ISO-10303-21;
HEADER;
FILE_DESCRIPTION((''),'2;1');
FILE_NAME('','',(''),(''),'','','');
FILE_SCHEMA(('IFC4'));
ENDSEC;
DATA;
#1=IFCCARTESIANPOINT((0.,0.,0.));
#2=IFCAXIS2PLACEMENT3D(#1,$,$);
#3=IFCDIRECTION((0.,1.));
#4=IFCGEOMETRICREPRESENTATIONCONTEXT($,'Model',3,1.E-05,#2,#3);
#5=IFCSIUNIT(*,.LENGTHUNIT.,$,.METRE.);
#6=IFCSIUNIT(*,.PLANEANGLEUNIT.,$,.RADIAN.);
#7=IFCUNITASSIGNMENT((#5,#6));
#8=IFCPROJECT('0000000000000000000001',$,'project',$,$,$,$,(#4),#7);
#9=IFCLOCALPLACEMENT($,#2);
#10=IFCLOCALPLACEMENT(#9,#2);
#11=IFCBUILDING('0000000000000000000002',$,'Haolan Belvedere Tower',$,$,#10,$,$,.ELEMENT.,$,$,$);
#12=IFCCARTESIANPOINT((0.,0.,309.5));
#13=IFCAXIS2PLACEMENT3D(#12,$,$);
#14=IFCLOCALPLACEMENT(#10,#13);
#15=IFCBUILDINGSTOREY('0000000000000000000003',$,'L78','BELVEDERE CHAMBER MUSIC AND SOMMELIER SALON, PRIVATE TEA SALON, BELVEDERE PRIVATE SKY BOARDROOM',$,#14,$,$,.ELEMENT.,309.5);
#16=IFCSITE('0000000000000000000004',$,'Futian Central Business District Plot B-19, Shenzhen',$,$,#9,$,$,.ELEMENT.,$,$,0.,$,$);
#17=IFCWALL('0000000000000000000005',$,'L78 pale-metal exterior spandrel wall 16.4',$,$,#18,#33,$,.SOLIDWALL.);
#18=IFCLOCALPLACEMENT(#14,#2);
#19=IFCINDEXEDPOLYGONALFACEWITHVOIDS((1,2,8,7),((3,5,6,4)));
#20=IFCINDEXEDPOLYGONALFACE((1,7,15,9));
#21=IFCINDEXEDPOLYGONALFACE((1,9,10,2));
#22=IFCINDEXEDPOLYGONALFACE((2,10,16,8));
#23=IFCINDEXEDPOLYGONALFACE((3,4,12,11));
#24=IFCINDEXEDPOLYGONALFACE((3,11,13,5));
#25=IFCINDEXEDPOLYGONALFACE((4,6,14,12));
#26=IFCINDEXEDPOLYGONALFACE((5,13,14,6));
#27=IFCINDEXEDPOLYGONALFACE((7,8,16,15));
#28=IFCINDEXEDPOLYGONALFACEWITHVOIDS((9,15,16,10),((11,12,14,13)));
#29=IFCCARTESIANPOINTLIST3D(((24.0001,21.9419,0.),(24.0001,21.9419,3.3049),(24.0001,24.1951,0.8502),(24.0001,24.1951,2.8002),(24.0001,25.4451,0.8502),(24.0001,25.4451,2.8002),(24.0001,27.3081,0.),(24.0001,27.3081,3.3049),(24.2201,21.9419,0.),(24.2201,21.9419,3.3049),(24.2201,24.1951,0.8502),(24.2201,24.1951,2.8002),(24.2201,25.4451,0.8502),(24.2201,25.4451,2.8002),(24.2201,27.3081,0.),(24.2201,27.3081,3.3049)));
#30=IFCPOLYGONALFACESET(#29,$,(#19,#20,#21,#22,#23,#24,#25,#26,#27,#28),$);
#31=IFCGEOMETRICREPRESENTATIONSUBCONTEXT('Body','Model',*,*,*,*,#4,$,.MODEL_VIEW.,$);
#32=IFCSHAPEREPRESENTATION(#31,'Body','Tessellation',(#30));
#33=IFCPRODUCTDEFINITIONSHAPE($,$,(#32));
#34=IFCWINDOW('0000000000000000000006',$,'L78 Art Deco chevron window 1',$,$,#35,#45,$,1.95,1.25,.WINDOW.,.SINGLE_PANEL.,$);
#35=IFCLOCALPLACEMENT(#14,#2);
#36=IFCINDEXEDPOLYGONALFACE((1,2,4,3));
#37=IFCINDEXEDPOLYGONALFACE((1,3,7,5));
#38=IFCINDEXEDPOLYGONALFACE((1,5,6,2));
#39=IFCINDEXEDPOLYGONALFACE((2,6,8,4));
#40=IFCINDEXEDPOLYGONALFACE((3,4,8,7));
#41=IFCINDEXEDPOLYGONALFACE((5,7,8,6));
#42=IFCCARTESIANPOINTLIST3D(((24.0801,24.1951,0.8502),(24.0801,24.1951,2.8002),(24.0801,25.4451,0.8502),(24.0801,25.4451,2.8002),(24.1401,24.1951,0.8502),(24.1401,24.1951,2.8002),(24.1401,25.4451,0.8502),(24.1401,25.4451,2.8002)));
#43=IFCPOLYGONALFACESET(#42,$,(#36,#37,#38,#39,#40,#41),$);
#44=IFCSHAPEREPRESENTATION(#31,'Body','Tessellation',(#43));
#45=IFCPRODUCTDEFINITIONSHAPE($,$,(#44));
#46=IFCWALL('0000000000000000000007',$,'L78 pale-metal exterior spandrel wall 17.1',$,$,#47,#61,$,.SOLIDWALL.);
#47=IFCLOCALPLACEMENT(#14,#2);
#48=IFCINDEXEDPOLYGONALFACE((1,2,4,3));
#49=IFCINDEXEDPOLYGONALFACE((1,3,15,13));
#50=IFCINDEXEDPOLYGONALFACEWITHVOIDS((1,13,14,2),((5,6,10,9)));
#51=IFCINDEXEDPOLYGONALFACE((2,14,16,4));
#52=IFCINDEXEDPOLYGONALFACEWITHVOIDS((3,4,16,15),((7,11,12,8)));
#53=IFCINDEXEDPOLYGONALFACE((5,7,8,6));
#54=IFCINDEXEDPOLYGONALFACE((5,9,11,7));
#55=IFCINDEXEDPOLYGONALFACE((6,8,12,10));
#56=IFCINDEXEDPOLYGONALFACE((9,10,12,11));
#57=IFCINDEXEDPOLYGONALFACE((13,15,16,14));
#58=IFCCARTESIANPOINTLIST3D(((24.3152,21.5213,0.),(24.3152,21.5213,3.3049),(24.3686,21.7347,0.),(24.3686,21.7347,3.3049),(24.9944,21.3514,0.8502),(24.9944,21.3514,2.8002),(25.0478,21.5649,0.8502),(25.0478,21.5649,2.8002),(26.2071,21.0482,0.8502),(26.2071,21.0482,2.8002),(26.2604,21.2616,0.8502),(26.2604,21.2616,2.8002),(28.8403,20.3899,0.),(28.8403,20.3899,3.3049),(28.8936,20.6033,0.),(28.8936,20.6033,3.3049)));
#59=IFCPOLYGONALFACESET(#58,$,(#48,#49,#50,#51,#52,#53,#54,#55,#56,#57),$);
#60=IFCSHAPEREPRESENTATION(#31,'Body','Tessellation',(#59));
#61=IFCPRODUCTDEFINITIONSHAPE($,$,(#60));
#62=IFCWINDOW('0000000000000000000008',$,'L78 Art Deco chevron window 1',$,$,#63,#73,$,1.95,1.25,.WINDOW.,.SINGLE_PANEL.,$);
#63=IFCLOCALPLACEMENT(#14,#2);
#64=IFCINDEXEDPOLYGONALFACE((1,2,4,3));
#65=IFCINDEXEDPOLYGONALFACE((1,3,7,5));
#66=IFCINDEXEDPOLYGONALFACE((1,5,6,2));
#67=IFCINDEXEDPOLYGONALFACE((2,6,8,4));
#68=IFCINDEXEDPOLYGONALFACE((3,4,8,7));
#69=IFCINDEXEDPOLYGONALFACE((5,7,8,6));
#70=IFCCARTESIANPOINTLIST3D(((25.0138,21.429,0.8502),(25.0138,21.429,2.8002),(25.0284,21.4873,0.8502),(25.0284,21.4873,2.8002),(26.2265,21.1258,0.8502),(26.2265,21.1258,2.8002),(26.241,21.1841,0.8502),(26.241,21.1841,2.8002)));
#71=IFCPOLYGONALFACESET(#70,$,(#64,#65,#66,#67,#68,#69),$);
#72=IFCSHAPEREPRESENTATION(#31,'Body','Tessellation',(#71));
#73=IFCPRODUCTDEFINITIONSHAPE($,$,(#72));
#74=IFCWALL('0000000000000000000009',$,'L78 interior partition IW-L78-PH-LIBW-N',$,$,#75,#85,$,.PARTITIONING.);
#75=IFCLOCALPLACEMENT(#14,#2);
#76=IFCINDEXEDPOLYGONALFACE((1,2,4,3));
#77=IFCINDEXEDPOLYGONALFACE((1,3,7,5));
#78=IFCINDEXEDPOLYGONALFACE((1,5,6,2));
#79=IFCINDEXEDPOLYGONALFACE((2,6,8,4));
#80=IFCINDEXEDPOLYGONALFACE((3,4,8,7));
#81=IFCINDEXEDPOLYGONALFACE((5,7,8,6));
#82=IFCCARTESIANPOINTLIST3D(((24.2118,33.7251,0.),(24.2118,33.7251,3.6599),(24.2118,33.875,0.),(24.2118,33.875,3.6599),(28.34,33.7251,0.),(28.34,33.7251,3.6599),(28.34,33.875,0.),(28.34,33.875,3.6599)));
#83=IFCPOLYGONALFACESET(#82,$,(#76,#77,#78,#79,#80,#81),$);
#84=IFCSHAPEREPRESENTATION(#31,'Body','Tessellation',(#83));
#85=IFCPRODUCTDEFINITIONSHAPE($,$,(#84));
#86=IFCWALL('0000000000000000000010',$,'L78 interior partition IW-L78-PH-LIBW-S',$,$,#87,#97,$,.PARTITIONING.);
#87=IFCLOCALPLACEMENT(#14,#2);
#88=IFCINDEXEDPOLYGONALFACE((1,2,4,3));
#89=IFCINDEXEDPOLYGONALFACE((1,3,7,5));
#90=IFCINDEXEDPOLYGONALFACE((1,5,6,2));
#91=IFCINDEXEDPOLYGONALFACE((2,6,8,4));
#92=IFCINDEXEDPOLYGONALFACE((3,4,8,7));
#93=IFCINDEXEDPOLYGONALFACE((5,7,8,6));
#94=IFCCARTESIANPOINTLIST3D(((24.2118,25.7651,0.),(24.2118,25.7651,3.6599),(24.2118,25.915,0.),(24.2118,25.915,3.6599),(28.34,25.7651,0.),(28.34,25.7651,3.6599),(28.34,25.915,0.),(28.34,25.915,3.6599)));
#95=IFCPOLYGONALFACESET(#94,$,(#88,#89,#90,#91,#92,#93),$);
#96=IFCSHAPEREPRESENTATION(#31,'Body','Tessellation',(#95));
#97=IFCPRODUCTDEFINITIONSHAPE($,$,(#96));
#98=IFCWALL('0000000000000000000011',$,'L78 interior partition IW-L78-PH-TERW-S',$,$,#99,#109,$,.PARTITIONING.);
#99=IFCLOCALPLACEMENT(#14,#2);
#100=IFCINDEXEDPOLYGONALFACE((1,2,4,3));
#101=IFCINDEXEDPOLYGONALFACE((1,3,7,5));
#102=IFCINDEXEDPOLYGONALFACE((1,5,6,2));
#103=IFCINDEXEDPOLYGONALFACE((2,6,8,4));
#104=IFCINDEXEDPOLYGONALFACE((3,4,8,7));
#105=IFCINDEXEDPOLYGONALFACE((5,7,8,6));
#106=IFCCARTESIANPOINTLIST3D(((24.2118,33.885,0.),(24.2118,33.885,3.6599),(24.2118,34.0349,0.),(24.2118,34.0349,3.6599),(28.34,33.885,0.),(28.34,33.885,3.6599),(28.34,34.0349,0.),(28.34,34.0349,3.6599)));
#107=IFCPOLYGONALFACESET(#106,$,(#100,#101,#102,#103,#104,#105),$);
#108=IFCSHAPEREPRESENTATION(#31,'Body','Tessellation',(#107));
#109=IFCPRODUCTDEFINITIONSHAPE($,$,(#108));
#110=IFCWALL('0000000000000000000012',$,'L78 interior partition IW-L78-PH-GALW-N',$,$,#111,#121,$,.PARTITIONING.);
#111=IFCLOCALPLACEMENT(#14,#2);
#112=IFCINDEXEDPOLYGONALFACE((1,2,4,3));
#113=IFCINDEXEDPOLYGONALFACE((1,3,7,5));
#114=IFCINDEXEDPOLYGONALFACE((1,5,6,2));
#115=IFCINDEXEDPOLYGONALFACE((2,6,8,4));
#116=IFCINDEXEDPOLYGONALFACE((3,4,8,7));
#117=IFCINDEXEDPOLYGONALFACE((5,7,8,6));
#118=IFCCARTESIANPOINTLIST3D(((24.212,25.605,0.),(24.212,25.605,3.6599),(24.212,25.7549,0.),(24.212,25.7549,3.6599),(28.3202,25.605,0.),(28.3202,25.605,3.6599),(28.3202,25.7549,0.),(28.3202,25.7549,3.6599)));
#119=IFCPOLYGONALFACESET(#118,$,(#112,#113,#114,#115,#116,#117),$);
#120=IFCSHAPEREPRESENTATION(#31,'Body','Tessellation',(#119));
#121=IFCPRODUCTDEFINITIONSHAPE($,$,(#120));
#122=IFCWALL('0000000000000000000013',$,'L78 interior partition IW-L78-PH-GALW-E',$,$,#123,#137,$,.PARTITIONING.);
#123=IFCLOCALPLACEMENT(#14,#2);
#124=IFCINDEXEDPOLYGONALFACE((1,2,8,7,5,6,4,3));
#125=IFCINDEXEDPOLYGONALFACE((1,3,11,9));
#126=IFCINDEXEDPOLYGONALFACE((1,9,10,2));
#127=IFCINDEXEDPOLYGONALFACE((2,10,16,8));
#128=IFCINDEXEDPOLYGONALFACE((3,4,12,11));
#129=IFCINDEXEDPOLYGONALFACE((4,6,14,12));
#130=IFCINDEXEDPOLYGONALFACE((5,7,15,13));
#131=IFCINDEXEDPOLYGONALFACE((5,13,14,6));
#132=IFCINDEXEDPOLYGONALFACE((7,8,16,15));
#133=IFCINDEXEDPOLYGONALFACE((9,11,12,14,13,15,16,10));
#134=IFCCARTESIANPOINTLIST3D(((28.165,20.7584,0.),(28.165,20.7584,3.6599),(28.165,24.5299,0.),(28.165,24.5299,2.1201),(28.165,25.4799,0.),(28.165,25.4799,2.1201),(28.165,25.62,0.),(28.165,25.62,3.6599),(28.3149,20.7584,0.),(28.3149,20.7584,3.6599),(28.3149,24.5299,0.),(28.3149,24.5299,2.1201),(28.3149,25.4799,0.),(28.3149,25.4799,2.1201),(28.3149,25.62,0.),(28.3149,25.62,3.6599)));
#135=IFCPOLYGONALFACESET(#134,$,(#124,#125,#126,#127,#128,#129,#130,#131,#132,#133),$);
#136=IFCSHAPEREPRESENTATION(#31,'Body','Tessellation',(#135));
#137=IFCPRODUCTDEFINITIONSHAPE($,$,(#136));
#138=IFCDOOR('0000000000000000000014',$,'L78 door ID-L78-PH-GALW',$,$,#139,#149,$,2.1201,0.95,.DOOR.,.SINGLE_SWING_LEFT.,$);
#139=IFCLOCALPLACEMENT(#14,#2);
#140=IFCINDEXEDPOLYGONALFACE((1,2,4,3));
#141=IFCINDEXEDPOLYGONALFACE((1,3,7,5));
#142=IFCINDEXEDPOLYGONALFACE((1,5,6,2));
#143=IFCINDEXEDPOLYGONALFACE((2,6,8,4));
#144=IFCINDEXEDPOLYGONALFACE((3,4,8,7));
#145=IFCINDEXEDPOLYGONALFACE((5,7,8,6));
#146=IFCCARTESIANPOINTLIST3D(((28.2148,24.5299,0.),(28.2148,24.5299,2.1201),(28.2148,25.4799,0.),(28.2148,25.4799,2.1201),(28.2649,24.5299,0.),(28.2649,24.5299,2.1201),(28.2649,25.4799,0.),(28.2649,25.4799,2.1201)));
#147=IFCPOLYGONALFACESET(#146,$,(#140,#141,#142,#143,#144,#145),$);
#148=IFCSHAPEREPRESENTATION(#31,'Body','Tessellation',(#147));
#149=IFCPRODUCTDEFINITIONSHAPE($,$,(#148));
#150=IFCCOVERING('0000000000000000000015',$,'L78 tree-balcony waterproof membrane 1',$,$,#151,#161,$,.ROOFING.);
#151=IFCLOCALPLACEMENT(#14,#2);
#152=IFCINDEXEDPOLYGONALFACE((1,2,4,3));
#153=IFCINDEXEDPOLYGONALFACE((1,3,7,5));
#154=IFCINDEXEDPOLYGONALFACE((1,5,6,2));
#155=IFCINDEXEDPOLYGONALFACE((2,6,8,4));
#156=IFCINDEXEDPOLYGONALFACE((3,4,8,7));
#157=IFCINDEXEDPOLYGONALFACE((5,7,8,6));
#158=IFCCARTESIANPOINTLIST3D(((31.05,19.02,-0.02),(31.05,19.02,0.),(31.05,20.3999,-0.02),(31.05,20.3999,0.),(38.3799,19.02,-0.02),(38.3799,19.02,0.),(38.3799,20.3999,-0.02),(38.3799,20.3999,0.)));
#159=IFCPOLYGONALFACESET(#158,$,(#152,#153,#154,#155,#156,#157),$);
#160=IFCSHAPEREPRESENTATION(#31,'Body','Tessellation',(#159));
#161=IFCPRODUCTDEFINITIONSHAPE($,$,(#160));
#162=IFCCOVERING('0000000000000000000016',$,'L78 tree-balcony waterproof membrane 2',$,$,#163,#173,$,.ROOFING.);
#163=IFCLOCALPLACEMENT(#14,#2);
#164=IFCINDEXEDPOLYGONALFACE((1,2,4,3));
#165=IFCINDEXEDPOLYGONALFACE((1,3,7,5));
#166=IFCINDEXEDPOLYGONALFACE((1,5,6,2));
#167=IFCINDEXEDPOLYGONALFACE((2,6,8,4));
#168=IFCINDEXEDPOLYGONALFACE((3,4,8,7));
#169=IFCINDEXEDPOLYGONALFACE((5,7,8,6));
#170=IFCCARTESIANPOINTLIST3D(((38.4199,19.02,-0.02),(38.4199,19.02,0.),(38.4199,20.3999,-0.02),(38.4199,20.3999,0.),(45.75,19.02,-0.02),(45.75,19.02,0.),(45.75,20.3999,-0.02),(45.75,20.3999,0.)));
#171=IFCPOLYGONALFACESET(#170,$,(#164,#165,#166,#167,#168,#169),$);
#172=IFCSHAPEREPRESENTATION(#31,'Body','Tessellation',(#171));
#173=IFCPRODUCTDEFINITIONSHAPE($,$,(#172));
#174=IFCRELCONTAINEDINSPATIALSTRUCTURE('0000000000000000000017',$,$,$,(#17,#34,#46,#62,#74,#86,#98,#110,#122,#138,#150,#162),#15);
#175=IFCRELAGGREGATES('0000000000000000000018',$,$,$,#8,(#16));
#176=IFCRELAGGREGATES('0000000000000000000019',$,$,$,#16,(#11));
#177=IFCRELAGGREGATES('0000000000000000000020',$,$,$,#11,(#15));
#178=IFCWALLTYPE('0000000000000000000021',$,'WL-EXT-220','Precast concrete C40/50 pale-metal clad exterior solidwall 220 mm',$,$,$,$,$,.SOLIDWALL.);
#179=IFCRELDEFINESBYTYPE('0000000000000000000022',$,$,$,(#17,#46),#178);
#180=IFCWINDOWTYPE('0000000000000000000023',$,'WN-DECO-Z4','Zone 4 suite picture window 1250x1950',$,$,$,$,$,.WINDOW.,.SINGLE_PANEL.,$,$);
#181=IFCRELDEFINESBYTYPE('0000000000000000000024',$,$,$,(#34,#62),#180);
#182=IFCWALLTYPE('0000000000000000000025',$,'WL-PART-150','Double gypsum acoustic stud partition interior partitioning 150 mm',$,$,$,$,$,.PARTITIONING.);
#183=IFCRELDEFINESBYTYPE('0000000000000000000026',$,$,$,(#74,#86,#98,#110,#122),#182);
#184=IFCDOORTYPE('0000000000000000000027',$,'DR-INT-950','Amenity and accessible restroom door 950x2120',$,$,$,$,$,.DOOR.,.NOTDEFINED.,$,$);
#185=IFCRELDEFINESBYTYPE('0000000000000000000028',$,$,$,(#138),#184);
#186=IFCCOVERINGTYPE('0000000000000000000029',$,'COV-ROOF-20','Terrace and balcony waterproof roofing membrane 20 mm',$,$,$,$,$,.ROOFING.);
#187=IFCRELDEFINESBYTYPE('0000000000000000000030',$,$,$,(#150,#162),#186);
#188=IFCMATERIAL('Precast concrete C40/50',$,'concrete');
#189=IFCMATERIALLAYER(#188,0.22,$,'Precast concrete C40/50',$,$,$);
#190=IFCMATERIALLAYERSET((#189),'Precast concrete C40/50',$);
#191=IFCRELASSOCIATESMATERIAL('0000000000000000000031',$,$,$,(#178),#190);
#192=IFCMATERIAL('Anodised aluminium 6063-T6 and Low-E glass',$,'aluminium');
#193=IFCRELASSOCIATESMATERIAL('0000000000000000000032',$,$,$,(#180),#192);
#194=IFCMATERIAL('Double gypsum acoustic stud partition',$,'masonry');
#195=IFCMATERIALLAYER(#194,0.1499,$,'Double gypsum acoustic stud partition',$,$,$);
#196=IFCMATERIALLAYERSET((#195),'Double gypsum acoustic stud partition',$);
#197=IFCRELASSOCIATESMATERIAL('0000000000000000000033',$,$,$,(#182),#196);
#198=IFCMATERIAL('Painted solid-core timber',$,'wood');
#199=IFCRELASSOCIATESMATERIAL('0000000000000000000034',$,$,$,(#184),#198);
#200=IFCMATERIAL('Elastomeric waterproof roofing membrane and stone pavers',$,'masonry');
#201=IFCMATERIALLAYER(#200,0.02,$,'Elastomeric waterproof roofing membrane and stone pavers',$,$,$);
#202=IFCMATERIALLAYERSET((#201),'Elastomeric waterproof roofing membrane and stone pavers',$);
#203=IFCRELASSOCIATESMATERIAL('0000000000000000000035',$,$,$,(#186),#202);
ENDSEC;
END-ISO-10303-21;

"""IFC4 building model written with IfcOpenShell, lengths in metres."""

from ifc_helpers import new_model, si_unit, direction, frame, frame_2d, origin, place, context, subcontext, project, spatial, polyline, rectangle, outline, extrude, material, layer, layer_set, type_object, element, fill, save


model = new_model("IFC4")

# Units and contexts
model_context = context("Model", 3, precision=1e-05, world=origin(), true_north=direction((0.0, 1.0)))
body_context = subcontext(model_context, "Body", "Model", "MODEL_VIEW")
ifc_project = project(units=[si_unit("LENGTHUNIT", "METRE"), si_unit("PLANEANGLEUNIT", "RADIAN")], contexts=[model_context])

# Site, building, storey
site_placement = place(None, origin())
site = spatial("IfcSite", under=ifc_project, at=site_placement, Name="Futian Central Business District Plot B-19, Shenzhen", CompositionType="ELEMENT", RefElevation=0.0)
building_placement = place(site_placement, origin())
building = spatial("IfcBuilding", under=site, at=building_placement, Name="Haolan Belvedere Tower", CompositionType="ELEMENT")
storey_placement = place(building_placement, frame((0.0, 0.0, 309.5)))
storey = spatial("IfcBuildingStorey", under=building, at=storey_placement, Name="L78", Description="BELVEDERE CHAMBER MUSIC AND SOMMELIER SALON, PRIVATE TEA SALON, BELVEDERE PRIVATE SKY BOARDROOM", CompositionType="ELEMENT", Elevation=309.5)

# Walls, openings, windows
ifc_material_1 = material(Name="Precast concrete C40/50", Category="concrete")
ifc_layer_1 = layer(ifc_material_1, 0.22, Name="Precast concrete C40/50")
ifc_layer_set_1 = layer_set([ifc_layer_1], Name="Precast concrete C40/50")
wall_type_1 = type_object("IfcWallType", Name="WL-EXT-220", Description="Precast concrete C40/50 pale-metal clad exterior solidwall 220 mm", PredefinedType="SOLIDWALL", material=ifc_layer_set_1)
ifc_material_2 = material(Name="Anodised aluminium 6063-T6 and Low-E glass", Category="aluminium")
window_type = type_object("IfcWindowType", Name="WN-DECO-Z4", Description="Zone 4 suite picture window 1250x1950", PartitioningType="SINGLE_PANEL", PredefinedType="WINDOW", material=ifc_material_2)
wall_1_placement = place(storey_placement, frame((24.1101, 27.3081, 0.0), z_axis=(0.0, 0.0, 1.0), x_axis=(0.0, -1.0, 0.0)))
wall_1 = element("IfcWall", 1, at=wall_1_placement, inside=storey, type_object=wall_type_1, Name="L78 pale-metal exterior spandrel wall 16.4", PredefinedType="SOLIDWALL", context=body_context, shape_type="SweptSolid", body=[
    extrude(rectangle(XDim=5.3662, YDim=0.22, at=frame_2d((2.6831, 0.0))), origin(), (0.0, 0.0, 1.0), 3.3049),
])
opening_1_placement = place(wall_1_placement, frame((1.863, 0.0, 0.8501)))
opening_1 = element("IfcOpeningElement", 2, at=opening_1_placement, cuts=wall_1, PredefinedType="OPENING", context=body_context, shape_type="SweptSolid", body=[
    extrude(rectangle(XDim=1.25, YDim=1.95, at=frame_2d((0.625, 0.9751))), frame((0.0, 0.1199, 0.0), z_axis=(0.0, -1.0, 0.0), x_axis=(1.0, 0.0, 0.0)), (0.0, 0.0, 1.0), 0.24),
])
window_1_placement = place(opening_1_placement, origin())
window_1 = element("IfcWindow", 3, at=window_1_placement, inside=storey, type_object=window_type, Name="L78 Art Deco chevron window 1", OverallHeight=1.95, OverallWidth=1.25, PartitioningType="SINGLE_PANEL", PredefinedType="WINDOW", context=body_context, shape_type="SweptSolid", body=[
    extrude(rectangle(XDim=1.25, YDim=1.95, at=frame_2d((0.625, 0.9751))), frame((0.0, 0.03, 0.0), z_axis=(0.0, -1.0, 0.0), x_axis=(1.0, 0.0, 0.0)), (0.0, 0.0, 1.0), 0.0601),
])
fill(opening_1, window_1)
wall_2_placement = place(storey_placement, frame((24.342, 21.6279, 0.0), z_axis=(0.0, 0.0, 1.0), x_axis=(0.970136, -0.24256, 0.0)))
wall_2 = element("IfcWall", 4, at=wall_2_placement, inside=storey, type_object=wall_type_1, Name="L78 pale-metal exterior spandrel wall 17.1", PredefinedType="SOLIDWALL", context=body_context, shape_type="SweptSolid", body=[
    extrude(rectangle(XDim=4.6643, YDim=0.22, at=frame_2d((2.332, 0.0))), origin(), (0.0, 0.0, 1.0), 3.3049),
])
opening_2_placement = place(wall_2_placement, frame((0.7, 0.0, 0.8501)))
opening_2 = element("IfcOpeningElement", 5, at=opening_2_placement, cuts=wall_2, PredefinedType="OPENING", context=body_context, shape_type="SweptSolid", body=[
    extrude(rectangle(XDim=1.25, YDim=1.95, at=frame_2d((0.625, 0.9751))), frame((0.0, 0.1199, 0.0), z_axis=(0.0, -1.0, 0.0), x_axis=(1.0, 0.0, 0.0)), (0.0, 0.0, 1.0), 0.24),
])
window_2_placement = place(opening_2_placement, origin())
window_2 = element("IfcWindow", 6, at=window_2_placement, inside=storey, type_object=window_type, Name="L78 Art Deco chevron window 1", OverallHeight=1.95, OverallWidth=1.25, PartitioningType="SINGLE_PANEL", PredefinedType="WINDOW", context=body_context, shape_type="SweptSolid", body=[
    extrude(rectangle(XDim=1.25, YDim=1.95, at=frame_2d((0.625, 0.9751))), frame((0.0, 0.03, 0.0), z_axis=(0.0, -1.0, 0.0), x_axis=(1.0, 0.0, 0.0)), (0.0, 0.0, 1.0), 0.0601),
])
fill(opening_2, window_2)

# Walls
ifc_material_3 = material(Name="Double gypsum acoustic stud partition", Category="masonry")
ifc_layer_2 = layer(ifc_material_3, 0.1499, Name="Double gypsum acoustic stud partition")
ifc_layer_set_2 = layer_set([ifc_layer_2], Name="Double gypsum acoustic stud partition")
wall_type_2 = type_object("IfcWallType", Name="WL-PART-150", Description="Double gypsum acoustic stud partition interior partitioning 150 mm", PredefinedType="PARTITIONING", material=ifc_layer_set_2)
for number, where, z_axis, x_axis, name in (
    (7, (24.2119, 33.8, 0.0), (0.0, 0.0, 1.0), (1.0, 0.0, 0.0), "L78 interior partition IW-L78-PH-LIBW-N"),
    (8, (24.2119, 25.8401, 0.0), (0.0, 0.0, 1.0), (1.0, 0.0, 0.0), "L78 interior partition IW-L78-PH-LIBW-S"),
    (9, (24.2119, 33.96, 0.0), (0.0, 0.0, 1.0), (1.0, 0.0, 0.0), "L78 interior partition IW-L78-PH-TERW-S"),
):
    element("IfcWall", number, at=place(storey_placement, frame(where, z_axis=z_axis, x_axis=x_axis)), inside=storey, type_object=wall_type_2, Name=name, PredefinedType="PARTITIONING", context=body_context, shape_type="SweptSolid", body=[
        extrude(rectangle(XDim=4.1282, YDim=0.1499, at=frame_2d((2.064, 0.0))), origin(), (0.0, 0.0, 1.0), 3.6599),
    ])
wall_3_placement = place(storey_placement, frame((24.2119, 25.6799, 0.0), z_axis=(0.0, 0.0, 1.0), x_axis=(1.0, 0.0, 0.0)))
element("IfcWall", 10, at=wall_3_placement, inside=storey, type_object=wall_type_2, Name="L78 interior partition IW-L78-PH-GALW-N", PredefinedType="PARTITIONING", context=body_context, shape_type="SweptSolid", body=[
    extrude(rectangle(XDim=4.1082, YDim=0.1499, at=frame_2d((2.0542, 0.0))), origin(), (0.0, 0.0, 1.0), 3.6599),
])

# Wall, opening, door
wall_4_placement = place(storey_placement, frame((28.24, 20.7585, 0.0), z_axis=(0.0, 0.0, 1.0), x_axis=(0.0, 1.0, 0.0)))
wall_4 = element("IfcWall", 11, at=wall_4_placement, inside=storey, type_object=wall_type_2, Name="L78 interior partition IW-L78-PH-GALW-E", PredefinedType="PARTITIONING", context=body_context, shape_type="SweptSolid", body=[
    extrude(rectangle(XDim=4.8616, YDim=0.1499, at=frame_2d((2.4307, 0.0))), origin(), (0.0, 0.0, 1.0), 3.6599),
])
opening_3_placement = place(wall_4_placement, frame((4.7214, 0.0, 0.0), z_axis=(0.0, 0.0, 1.0), x_axis=(-1.0, 0.0, 0.0)))
opening_3 = element("IfcOpeningElement", 12, at=opening_3_placement, cuts=wall_4, PredefinedType="OPENING", context=body_context, shape_type="SweptSolid", body=[
    extrude(rectangle(XDim=0.95, YDim=2.1201, at=frame_2d((0.4751, 1.0601))), frame((0.0, 0.085, 0.0), z_axis=(0.0, -1.0, 0.0), x_axis=(1.0, 0.0, 0.0)), (0.0, 0.0, 1.0), 0.1699),
])
ifc_material_4 = material(Name="Painted solid-core timber", Category="wood")
door_type = type_object("IfcDoorType", Name="DR-INT-950", Description="Amenity and accessible restroom door 950x2120", OperationType="NOTDEFINED", PredefinedType="DOOR", material=ifc_material_4)
door_placement = place(opening_3_placement, origin())
door = element("IfcDoor", 13, at=door_placement, inside=storey, type_object=door_type, Name="L78 door ID-L78-PH-GALW", OperationType="SINGLE_SWING_LEFT", OverallHeight=2.1201, OverallWidth=0.95, PredefinedType="DOOR", context=body_context, shape_type="SweptSolid", body=[
    extrude(rectangle(XDim=0.95, YDim=2.1201, at=frame_2d((0.4751, 1.0601))), frame((0.0, 0.0249, 0.0), z_axis=(0.0, -1.0, 0.0), x_axis=(1.0, 0.0, 0.0)), (0.0, 0.0, 1.0), 0.05),
])
fill(opening_3, door)

# Coverings
ifc_material_5 = material(Name="Elastomeric waterproof roofing membrane and stone pavers", Category="masonry")
ifc_layer_3 = layer(ifc_material_5, 0.02, Name="Elastomeric waterproof roofing membrane and stone pavers")
ifc_layer_set_3 = layer_set([ifc_layer_3], Name="Elastomeric waterproof roofing membrane and stone pavers")
covering_type = type_object("IfcCoveringType", Name="COV-ROOF-20", Description="Terrace and balcony waterproof roofing membrane 20 mm", PredefinedType="ROOFING", material=ifc_layer_set_3)
covering_1_placement = place(storey_placement, frame((0.0, 0.0, -0.02)))
element("IfcCovering", 14, at=covering_1_placement, inside=storey, type_object=covering_type, Name="L78 tree-balcony waterproof membrane 1", PredefinedType="ROOFING", context=body_context, shape_type="SweptSolid", body=[
    extrude(outline(polyline([(31.05, 19.02), (38.3799, 19.02), (38.3799, 20.3999), (31.05, 20.3999), (31.05, 19.02)])), origin(), (0.0, 0.0, 1.0), 0.02),
])
covering_2_placement = place(storey_placement, frame((0.0, 0.0, -0.02)))
element("IfcCovering", 15, at=covering_2_placement, inside=storey, type_object=covering_type, Name="L78 tree-balcony waterproof membrane 2", PredefinedType="ROOFING", context=body_context, shape_type="SweptSolid", body=[
    extrude(outline(polyline([(38.4199, 19.02), (45.75, 19.02), (45.75, 20.3999), (38.4199, 20.3999), (38.4199, 19.02)])), origin(), (0.0, 0.0, 1.0), 0.02),
])

save(model, "model.ifc")
